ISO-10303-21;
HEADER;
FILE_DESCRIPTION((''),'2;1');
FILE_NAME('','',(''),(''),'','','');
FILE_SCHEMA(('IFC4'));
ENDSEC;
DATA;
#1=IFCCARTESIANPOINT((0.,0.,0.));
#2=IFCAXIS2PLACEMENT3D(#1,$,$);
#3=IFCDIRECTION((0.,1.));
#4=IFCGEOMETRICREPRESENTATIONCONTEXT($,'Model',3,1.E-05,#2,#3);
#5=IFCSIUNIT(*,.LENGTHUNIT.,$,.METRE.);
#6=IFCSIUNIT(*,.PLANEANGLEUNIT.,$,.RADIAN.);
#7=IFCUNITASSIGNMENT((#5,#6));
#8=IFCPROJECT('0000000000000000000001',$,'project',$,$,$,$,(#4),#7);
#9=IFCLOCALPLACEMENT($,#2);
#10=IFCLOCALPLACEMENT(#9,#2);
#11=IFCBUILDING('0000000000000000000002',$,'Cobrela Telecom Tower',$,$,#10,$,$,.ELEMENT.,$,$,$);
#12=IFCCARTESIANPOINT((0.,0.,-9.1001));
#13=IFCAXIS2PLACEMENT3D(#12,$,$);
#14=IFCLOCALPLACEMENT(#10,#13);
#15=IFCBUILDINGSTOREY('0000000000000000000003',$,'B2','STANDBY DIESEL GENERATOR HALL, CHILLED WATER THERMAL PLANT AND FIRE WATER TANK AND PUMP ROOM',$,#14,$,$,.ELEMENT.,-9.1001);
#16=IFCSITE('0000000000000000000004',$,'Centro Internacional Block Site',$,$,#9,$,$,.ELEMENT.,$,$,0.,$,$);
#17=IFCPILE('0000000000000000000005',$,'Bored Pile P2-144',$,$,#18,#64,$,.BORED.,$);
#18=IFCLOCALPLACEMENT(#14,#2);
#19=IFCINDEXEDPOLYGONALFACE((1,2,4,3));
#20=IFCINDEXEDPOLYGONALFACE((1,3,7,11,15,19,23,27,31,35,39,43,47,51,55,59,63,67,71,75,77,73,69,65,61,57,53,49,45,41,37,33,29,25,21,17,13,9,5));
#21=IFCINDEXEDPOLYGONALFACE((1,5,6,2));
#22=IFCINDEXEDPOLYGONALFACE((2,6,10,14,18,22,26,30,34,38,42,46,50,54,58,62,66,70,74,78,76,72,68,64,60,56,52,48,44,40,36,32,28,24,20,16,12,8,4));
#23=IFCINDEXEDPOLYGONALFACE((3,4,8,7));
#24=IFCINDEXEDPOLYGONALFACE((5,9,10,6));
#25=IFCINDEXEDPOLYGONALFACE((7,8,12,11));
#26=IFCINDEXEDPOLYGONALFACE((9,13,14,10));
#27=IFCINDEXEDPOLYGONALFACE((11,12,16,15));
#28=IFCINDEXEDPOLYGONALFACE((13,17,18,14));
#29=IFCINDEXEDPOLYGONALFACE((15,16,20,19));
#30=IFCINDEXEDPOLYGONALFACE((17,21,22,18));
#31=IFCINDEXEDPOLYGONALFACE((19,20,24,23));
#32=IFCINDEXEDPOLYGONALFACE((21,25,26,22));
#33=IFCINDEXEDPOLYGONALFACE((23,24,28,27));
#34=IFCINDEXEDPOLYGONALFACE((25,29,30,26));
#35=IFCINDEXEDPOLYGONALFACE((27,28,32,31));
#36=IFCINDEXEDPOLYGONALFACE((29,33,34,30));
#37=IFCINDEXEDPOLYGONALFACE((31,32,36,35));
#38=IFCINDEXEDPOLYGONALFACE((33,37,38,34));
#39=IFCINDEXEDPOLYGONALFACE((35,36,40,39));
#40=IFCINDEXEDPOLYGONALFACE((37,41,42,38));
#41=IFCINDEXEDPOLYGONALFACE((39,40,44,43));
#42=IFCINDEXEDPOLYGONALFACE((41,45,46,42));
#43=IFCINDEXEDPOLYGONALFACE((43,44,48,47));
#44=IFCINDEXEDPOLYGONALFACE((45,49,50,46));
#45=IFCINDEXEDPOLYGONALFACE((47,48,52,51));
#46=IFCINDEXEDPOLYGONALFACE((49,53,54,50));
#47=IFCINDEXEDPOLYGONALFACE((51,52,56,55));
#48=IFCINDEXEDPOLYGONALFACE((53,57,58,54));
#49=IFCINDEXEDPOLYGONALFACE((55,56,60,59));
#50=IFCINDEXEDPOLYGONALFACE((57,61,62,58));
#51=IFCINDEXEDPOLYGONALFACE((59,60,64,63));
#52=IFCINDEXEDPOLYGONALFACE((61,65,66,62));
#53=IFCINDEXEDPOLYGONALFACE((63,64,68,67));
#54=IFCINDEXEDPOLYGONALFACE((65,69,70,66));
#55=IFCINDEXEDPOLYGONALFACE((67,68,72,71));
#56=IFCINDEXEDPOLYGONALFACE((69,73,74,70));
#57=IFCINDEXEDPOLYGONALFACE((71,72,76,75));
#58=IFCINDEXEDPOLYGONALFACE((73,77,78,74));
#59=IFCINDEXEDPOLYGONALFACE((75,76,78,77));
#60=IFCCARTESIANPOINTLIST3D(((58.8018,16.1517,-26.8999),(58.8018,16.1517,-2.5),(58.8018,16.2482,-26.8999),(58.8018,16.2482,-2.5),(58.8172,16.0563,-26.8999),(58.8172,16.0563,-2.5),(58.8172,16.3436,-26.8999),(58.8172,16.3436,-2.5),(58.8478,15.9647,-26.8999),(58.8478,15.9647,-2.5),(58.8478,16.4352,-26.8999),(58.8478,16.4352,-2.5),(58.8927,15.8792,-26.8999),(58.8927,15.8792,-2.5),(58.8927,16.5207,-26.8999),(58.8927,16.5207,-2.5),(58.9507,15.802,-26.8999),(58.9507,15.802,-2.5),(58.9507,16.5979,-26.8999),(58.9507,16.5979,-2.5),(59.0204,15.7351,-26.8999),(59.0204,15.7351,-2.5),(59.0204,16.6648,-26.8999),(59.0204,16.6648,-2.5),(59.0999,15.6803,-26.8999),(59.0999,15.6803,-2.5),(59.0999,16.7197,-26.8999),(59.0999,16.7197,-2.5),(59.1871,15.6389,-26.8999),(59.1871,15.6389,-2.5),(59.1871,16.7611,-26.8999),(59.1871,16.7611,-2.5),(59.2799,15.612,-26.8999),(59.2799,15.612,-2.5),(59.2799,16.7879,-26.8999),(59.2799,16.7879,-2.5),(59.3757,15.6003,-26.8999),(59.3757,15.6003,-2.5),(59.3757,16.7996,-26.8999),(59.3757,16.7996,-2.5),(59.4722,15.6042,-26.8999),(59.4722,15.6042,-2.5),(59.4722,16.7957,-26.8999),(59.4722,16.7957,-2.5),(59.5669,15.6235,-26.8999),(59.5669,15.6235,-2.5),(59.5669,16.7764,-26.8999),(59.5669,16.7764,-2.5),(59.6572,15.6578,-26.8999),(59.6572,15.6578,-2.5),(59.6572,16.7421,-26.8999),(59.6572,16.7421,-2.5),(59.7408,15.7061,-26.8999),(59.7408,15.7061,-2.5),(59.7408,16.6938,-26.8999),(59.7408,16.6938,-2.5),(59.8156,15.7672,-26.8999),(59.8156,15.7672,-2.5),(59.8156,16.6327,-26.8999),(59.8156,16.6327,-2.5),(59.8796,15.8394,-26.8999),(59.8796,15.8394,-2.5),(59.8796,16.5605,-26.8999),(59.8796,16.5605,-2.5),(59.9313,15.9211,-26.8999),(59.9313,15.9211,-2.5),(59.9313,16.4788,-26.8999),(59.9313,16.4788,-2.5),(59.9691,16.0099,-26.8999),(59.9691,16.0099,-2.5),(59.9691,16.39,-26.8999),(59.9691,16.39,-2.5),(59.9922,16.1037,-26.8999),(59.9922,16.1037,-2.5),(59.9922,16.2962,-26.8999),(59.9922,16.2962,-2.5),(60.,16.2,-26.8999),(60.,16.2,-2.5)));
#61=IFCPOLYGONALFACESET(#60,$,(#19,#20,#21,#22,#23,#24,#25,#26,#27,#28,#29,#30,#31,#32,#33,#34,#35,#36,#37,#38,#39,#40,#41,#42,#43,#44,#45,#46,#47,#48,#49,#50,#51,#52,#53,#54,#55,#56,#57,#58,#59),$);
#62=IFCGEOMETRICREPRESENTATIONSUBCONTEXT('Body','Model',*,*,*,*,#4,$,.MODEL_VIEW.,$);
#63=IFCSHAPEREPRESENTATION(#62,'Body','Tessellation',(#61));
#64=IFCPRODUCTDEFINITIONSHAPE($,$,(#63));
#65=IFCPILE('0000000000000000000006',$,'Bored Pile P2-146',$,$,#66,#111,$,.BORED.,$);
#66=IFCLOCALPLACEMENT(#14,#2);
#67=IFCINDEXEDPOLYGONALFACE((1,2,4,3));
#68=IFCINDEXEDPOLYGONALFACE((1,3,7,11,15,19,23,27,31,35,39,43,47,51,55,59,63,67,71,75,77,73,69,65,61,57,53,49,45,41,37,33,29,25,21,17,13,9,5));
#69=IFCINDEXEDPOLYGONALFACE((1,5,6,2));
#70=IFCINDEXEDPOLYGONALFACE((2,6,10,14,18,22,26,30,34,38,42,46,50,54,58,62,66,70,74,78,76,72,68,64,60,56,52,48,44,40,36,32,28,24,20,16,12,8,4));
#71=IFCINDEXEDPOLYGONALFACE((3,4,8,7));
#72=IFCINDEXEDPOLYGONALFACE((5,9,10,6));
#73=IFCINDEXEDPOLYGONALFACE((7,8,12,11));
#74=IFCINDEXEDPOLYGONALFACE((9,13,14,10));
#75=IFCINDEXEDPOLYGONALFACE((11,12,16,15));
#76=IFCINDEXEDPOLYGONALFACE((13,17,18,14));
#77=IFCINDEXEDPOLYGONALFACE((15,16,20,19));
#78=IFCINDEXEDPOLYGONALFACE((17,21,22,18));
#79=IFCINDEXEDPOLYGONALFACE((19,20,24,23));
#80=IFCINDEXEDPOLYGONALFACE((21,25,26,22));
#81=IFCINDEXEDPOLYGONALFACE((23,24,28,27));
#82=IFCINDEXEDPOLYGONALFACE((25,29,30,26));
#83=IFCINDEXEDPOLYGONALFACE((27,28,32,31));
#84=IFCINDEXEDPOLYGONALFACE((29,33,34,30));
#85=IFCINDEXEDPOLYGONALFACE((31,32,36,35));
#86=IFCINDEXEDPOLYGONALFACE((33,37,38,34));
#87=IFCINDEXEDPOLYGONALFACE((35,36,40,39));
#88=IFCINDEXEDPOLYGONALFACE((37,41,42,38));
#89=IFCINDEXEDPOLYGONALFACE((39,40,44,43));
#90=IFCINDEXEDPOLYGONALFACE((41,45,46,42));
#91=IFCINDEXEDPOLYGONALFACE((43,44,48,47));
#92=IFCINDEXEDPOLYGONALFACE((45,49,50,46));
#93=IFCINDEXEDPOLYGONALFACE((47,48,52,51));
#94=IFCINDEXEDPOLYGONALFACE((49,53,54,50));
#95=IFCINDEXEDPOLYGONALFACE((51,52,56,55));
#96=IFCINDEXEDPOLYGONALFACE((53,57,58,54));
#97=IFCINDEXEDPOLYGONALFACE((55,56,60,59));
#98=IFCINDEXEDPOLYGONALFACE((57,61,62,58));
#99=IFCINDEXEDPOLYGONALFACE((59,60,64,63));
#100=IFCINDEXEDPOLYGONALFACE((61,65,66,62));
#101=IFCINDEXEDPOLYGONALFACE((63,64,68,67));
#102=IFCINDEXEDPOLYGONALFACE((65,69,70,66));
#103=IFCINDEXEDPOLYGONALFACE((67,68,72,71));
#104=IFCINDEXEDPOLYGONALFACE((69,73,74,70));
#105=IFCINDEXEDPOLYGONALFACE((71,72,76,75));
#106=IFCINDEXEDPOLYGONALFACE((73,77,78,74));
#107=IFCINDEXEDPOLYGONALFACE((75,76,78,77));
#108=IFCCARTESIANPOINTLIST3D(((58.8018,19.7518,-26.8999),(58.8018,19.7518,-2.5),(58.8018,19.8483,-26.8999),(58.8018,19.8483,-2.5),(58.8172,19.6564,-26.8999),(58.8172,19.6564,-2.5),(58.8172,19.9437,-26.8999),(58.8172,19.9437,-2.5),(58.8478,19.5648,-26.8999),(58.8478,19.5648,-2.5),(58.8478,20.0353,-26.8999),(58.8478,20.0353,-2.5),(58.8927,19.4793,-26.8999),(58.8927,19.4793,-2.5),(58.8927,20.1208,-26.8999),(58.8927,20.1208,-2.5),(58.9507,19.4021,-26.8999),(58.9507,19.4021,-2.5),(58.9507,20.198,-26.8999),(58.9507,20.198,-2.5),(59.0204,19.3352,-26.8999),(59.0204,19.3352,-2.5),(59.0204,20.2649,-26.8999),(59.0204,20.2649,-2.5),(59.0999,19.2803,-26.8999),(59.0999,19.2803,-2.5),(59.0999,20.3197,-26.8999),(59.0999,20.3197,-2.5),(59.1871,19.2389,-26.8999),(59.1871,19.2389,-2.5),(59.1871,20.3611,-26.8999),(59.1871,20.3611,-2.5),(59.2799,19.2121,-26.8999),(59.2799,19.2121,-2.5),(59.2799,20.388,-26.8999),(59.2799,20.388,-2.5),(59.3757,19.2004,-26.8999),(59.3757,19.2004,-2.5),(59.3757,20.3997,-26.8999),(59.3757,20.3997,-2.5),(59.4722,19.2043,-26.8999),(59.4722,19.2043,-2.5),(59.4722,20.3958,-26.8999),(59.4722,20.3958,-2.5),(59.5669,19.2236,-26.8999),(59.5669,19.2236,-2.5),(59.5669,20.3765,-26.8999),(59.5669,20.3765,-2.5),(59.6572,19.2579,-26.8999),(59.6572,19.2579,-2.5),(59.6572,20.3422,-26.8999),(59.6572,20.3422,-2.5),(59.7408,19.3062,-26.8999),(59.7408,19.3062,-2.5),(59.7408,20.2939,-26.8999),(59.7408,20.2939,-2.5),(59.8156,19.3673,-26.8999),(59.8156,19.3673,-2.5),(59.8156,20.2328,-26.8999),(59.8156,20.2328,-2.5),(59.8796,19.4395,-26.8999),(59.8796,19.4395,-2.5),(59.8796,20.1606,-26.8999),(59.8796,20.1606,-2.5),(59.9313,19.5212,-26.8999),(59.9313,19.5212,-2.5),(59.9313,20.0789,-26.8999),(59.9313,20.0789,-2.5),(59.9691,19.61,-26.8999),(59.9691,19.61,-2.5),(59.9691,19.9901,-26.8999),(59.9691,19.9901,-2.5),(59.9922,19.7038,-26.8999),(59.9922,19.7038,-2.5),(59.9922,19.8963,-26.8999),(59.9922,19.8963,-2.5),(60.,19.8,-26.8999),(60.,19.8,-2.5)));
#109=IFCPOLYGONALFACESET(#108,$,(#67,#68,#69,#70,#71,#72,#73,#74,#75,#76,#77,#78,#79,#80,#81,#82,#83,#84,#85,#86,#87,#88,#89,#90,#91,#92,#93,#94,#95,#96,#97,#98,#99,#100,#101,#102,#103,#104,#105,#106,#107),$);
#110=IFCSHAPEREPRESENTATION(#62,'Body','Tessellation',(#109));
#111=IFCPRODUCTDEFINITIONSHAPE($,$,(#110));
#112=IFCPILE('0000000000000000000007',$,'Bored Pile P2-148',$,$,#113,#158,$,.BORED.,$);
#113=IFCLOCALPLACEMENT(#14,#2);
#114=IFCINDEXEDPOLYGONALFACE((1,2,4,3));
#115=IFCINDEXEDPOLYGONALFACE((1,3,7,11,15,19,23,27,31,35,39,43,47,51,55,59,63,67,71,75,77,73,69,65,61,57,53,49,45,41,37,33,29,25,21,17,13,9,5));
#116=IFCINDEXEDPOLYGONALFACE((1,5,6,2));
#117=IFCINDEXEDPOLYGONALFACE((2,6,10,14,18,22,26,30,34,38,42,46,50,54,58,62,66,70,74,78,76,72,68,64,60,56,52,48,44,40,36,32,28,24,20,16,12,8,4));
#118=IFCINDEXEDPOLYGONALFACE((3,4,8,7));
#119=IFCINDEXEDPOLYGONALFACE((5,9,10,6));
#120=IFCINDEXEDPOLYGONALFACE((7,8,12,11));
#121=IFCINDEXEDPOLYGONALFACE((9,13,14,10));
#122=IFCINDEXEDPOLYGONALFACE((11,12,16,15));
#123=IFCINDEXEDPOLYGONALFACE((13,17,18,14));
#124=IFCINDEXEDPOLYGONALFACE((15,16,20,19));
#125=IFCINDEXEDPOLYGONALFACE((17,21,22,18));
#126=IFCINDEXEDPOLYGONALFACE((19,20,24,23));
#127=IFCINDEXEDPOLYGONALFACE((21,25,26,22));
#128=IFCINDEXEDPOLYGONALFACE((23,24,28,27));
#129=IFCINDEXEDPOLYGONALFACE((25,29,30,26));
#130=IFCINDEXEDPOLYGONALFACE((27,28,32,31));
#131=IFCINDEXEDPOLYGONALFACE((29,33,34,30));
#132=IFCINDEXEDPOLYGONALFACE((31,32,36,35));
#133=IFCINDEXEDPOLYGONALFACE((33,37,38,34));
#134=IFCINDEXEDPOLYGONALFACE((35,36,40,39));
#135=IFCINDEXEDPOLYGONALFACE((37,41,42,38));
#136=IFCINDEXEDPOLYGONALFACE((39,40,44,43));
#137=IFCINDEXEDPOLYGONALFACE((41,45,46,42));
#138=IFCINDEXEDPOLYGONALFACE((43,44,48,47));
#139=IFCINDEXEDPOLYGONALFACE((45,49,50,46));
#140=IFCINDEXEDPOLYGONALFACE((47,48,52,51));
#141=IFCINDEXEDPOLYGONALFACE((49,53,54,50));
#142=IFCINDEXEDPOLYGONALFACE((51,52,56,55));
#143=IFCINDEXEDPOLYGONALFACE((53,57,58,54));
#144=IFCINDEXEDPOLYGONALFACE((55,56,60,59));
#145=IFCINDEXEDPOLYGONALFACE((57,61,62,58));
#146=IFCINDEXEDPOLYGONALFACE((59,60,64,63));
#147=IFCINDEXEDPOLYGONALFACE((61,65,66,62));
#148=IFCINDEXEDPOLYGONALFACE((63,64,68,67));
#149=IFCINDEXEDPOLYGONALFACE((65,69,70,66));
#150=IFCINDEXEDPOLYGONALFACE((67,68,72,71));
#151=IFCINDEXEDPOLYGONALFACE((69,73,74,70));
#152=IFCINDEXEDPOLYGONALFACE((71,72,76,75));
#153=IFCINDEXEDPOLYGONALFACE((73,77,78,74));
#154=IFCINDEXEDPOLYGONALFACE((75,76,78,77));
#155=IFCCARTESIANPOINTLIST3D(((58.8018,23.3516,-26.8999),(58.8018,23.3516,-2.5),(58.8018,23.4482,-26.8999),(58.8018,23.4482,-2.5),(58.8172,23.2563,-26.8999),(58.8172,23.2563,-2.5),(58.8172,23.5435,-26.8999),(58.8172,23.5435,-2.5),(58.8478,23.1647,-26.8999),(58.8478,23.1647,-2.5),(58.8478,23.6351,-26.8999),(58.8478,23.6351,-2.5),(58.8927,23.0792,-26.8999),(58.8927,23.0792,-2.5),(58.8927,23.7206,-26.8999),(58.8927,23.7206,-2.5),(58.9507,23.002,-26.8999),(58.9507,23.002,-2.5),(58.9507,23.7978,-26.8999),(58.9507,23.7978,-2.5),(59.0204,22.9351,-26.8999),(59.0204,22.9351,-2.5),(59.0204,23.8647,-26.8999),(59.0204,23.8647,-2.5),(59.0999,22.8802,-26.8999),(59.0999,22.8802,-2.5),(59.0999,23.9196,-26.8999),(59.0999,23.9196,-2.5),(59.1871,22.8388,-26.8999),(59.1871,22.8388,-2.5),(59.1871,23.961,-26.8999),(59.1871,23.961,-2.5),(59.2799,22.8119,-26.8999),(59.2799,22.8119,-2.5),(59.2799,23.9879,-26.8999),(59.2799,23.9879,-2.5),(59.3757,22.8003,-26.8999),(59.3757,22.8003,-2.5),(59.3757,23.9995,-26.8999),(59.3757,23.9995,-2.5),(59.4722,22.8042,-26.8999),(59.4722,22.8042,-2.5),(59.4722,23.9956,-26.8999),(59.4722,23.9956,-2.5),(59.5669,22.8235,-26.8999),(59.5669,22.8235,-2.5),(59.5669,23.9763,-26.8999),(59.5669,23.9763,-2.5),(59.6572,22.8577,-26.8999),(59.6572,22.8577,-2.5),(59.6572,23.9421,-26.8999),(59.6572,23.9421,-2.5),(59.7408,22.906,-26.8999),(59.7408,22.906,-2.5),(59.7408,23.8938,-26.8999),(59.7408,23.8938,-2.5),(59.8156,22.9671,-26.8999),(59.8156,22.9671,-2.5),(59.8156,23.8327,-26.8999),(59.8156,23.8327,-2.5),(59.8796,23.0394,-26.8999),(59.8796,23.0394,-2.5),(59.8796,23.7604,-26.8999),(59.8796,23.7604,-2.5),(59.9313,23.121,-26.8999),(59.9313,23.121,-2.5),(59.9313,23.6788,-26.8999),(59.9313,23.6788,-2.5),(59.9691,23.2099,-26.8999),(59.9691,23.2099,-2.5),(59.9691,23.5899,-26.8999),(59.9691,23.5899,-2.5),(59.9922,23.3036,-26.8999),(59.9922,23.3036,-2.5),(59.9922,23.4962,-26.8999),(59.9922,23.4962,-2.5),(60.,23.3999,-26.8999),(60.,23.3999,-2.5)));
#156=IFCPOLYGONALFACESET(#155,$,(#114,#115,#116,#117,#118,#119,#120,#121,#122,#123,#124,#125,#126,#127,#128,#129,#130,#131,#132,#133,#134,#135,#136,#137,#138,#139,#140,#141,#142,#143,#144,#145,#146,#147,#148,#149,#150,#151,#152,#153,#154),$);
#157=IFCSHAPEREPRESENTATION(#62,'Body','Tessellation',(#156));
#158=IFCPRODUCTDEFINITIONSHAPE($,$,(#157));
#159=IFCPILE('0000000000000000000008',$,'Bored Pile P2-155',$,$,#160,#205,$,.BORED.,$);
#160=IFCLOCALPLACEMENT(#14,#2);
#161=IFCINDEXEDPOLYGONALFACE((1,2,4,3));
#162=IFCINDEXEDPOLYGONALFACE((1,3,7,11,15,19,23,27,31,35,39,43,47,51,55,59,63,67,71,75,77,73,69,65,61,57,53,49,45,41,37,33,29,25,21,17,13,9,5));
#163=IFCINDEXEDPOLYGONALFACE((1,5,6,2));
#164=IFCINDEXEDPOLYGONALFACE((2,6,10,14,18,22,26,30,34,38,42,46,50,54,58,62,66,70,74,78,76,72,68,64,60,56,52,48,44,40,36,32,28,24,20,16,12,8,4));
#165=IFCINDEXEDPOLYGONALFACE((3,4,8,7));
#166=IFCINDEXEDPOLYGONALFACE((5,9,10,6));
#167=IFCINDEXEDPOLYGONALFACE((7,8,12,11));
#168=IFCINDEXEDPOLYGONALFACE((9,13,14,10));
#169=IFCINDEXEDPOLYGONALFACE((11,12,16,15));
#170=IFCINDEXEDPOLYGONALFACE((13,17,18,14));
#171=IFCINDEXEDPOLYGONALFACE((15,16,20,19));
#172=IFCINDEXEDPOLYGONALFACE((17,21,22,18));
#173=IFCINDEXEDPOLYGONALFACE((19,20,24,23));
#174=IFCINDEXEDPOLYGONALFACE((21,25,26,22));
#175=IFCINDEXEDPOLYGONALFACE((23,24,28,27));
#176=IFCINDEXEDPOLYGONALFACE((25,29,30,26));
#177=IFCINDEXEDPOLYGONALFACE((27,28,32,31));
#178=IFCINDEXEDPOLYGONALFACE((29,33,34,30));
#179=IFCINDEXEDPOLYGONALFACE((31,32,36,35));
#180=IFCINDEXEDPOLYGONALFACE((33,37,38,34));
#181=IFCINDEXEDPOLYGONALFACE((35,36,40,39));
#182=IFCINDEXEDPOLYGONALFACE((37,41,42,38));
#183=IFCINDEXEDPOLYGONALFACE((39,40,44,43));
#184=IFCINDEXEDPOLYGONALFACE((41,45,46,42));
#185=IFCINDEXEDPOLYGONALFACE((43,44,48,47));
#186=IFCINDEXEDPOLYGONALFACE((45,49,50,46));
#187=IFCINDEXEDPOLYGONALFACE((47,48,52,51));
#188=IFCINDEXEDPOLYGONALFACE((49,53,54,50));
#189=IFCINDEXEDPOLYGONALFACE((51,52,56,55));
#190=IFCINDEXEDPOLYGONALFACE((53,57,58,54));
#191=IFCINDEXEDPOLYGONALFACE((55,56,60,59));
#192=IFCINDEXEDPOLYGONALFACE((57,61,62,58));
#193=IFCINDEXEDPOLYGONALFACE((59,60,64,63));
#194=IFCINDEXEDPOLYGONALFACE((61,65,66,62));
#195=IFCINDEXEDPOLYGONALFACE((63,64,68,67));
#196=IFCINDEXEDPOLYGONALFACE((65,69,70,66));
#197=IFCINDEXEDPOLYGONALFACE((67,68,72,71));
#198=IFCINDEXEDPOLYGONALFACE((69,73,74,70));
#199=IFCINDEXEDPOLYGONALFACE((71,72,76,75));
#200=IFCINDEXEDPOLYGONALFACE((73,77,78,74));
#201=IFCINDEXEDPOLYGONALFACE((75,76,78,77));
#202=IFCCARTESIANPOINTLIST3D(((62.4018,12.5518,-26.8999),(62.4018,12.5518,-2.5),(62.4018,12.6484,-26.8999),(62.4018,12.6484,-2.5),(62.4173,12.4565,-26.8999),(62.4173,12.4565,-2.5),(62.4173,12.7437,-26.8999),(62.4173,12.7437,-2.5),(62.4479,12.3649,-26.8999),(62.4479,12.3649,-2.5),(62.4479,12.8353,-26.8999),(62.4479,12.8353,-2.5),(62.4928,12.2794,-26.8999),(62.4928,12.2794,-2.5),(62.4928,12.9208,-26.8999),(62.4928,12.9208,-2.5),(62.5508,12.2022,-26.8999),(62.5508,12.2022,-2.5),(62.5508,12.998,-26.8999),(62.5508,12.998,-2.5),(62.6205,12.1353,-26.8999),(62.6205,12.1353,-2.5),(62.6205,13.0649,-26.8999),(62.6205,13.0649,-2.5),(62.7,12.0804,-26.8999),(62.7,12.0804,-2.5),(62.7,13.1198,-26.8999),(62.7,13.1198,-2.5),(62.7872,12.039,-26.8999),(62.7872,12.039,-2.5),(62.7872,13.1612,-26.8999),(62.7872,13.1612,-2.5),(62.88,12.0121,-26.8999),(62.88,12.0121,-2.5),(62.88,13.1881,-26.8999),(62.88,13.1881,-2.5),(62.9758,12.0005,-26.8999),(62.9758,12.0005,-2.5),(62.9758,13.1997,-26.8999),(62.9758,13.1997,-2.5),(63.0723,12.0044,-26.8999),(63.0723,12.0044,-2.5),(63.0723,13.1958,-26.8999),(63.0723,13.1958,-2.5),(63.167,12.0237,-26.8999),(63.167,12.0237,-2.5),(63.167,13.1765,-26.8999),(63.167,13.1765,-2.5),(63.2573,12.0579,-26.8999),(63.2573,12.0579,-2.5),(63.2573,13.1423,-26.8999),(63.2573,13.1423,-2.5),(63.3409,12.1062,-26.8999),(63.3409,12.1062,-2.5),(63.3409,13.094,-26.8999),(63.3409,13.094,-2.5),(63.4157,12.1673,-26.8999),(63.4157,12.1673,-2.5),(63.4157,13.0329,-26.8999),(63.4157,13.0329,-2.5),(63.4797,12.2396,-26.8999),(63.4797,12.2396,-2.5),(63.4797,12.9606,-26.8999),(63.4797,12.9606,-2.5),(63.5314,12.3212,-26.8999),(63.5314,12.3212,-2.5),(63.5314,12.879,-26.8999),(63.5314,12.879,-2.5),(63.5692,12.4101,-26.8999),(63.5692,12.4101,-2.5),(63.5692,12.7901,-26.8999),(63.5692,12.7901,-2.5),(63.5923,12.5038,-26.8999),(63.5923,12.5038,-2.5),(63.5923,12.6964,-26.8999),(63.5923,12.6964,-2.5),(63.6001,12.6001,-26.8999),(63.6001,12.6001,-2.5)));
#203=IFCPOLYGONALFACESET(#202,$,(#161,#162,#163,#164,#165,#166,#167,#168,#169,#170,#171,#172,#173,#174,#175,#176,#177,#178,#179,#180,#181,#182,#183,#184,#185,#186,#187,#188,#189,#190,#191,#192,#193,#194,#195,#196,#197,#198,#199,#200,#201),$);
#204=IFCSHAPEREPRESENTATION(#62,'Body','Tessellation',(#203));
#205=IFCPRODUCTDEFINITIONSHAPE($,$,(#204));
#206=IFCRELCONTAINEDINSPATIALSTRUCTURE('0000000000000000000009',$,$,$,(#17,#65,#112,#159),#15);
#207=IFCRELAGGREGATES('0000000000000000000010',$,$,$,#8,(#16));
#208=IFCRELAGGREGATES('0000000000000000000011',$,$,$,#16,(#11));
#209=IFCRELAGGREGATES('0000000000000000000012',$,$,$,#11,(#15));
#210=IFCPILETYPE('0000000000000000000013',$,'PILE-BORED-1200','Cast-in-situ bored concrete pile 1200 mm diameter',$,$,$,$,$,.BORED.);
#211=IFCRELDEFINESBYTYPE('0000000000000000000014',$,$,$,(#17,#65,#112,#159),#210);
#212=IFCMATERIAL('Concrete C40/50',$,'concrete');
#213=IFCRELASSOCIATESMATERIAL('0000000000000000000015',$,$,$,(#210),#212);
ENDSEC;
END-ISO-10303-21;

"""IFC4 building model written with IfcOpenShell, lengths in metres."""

from ifc_helpers import new_model, si_unit, direction, frame, origin, origin_2d, place, context, subcontext, project, spatial, circle, extrude, material, material_profile, profile_set, type_object, element, save


model = new_model("IFC4")

# Units and contexts
model_context = context("Model", 3, precision=1e-05, world=origin(), true_north=direction((0.0, 1.0)))
body_context = subcontext(model_context, "Body", "Model", "MODEL_VIEW")
ifc_project = project(units=[si_unit("LENGTHUNIT", "METRE"), si_unit("PLANEANGLEUNIT", "RADIAN")], contexts=[model_context])

# Site, building, storey
site_placement = place(None, origin())
site = spatial("IfcSite", under=ifc_project, at=site_placement, Name="Centro Internacional Block Site", CompositionType="ELEMENT", RefElevation=0.0)
building_placement = place(site_placement, origin())
building = spatial("IfcBuilding", under=site, at=building_placement, Name="Cobrela Telecom Tower", CompositionType="ELEMENT")
storey_placement = place(building_placement, frame((0.0, 0.0, -9.1001)))
storey = spatial("IfcBuildingStorey", under=building, at=storey_placement, Name="B2", Description="STANDBY DIESEL GENERATOR HALL, CHILLED WATER THERMAL PLANT AND FIRE WATER TANK AND PUMP ROOM", CompositionType="ELEMENT", Elevation=-9.1001)

# Shared definitions
ifc_material_1 = material(Name="Concrete C40/50", Category="concrete")

# Piles
ifc_material_profile_1 = material_profile(ifc_material_1, circle(Radius=0.6001, at=origin_2d()), Name="BORED PILE D1200")
ifc_profile_set_1 = profile_set([ifc_material_profile_1], Name="Concrete C40/50")
pile_type = type_object("IfcPileType", Name="PILE-BORED-1200", Description="Cast-in-situ bored concrete pile 1200 mm diameter", PredefinedType="BORED", material=ifc_profile_set_1)
for number, where, z_axis, x_axis, name in (
    (1, (59.3999, 16.2, -2.5), (0.0, 0.0, -1.0), (1.0, 0.0, 0.0), "Bored Pile P2-144"),
    (2, (59.3999, 19.8, -2.5), (0.0, 0.0, -1.0), (1.0, 0.0, 0.0), "Bored Pile P2-146"),
    (3, (59.3999, 23.3999, -2.5), (0.0, 0.0, -1.0), (1.0, 0.0, 0.0), "Bored Pile P2-148"),
    (4, (63.0, 12.6001, -2.5), (0.0, 0.0, -1.0), (1.0, 0.0, 0.0), "Bored Pile P2-155"),
):
    element("IfcPile", number, at=place(storey_placement, frame(where, z_axis=z_axis, x_axis=x_axis)), inside=storey, type_object=pile_type, Name=name, PredefinedType="BORED", context=body_context, shape_type="SweptSolid", body=[
        extrude(circle(Radius=0.6001, at=origin_2d()), origin(), (0.0, 0.0, 1.0), 24.3999),
    ])

save(model, "model.ifc")
